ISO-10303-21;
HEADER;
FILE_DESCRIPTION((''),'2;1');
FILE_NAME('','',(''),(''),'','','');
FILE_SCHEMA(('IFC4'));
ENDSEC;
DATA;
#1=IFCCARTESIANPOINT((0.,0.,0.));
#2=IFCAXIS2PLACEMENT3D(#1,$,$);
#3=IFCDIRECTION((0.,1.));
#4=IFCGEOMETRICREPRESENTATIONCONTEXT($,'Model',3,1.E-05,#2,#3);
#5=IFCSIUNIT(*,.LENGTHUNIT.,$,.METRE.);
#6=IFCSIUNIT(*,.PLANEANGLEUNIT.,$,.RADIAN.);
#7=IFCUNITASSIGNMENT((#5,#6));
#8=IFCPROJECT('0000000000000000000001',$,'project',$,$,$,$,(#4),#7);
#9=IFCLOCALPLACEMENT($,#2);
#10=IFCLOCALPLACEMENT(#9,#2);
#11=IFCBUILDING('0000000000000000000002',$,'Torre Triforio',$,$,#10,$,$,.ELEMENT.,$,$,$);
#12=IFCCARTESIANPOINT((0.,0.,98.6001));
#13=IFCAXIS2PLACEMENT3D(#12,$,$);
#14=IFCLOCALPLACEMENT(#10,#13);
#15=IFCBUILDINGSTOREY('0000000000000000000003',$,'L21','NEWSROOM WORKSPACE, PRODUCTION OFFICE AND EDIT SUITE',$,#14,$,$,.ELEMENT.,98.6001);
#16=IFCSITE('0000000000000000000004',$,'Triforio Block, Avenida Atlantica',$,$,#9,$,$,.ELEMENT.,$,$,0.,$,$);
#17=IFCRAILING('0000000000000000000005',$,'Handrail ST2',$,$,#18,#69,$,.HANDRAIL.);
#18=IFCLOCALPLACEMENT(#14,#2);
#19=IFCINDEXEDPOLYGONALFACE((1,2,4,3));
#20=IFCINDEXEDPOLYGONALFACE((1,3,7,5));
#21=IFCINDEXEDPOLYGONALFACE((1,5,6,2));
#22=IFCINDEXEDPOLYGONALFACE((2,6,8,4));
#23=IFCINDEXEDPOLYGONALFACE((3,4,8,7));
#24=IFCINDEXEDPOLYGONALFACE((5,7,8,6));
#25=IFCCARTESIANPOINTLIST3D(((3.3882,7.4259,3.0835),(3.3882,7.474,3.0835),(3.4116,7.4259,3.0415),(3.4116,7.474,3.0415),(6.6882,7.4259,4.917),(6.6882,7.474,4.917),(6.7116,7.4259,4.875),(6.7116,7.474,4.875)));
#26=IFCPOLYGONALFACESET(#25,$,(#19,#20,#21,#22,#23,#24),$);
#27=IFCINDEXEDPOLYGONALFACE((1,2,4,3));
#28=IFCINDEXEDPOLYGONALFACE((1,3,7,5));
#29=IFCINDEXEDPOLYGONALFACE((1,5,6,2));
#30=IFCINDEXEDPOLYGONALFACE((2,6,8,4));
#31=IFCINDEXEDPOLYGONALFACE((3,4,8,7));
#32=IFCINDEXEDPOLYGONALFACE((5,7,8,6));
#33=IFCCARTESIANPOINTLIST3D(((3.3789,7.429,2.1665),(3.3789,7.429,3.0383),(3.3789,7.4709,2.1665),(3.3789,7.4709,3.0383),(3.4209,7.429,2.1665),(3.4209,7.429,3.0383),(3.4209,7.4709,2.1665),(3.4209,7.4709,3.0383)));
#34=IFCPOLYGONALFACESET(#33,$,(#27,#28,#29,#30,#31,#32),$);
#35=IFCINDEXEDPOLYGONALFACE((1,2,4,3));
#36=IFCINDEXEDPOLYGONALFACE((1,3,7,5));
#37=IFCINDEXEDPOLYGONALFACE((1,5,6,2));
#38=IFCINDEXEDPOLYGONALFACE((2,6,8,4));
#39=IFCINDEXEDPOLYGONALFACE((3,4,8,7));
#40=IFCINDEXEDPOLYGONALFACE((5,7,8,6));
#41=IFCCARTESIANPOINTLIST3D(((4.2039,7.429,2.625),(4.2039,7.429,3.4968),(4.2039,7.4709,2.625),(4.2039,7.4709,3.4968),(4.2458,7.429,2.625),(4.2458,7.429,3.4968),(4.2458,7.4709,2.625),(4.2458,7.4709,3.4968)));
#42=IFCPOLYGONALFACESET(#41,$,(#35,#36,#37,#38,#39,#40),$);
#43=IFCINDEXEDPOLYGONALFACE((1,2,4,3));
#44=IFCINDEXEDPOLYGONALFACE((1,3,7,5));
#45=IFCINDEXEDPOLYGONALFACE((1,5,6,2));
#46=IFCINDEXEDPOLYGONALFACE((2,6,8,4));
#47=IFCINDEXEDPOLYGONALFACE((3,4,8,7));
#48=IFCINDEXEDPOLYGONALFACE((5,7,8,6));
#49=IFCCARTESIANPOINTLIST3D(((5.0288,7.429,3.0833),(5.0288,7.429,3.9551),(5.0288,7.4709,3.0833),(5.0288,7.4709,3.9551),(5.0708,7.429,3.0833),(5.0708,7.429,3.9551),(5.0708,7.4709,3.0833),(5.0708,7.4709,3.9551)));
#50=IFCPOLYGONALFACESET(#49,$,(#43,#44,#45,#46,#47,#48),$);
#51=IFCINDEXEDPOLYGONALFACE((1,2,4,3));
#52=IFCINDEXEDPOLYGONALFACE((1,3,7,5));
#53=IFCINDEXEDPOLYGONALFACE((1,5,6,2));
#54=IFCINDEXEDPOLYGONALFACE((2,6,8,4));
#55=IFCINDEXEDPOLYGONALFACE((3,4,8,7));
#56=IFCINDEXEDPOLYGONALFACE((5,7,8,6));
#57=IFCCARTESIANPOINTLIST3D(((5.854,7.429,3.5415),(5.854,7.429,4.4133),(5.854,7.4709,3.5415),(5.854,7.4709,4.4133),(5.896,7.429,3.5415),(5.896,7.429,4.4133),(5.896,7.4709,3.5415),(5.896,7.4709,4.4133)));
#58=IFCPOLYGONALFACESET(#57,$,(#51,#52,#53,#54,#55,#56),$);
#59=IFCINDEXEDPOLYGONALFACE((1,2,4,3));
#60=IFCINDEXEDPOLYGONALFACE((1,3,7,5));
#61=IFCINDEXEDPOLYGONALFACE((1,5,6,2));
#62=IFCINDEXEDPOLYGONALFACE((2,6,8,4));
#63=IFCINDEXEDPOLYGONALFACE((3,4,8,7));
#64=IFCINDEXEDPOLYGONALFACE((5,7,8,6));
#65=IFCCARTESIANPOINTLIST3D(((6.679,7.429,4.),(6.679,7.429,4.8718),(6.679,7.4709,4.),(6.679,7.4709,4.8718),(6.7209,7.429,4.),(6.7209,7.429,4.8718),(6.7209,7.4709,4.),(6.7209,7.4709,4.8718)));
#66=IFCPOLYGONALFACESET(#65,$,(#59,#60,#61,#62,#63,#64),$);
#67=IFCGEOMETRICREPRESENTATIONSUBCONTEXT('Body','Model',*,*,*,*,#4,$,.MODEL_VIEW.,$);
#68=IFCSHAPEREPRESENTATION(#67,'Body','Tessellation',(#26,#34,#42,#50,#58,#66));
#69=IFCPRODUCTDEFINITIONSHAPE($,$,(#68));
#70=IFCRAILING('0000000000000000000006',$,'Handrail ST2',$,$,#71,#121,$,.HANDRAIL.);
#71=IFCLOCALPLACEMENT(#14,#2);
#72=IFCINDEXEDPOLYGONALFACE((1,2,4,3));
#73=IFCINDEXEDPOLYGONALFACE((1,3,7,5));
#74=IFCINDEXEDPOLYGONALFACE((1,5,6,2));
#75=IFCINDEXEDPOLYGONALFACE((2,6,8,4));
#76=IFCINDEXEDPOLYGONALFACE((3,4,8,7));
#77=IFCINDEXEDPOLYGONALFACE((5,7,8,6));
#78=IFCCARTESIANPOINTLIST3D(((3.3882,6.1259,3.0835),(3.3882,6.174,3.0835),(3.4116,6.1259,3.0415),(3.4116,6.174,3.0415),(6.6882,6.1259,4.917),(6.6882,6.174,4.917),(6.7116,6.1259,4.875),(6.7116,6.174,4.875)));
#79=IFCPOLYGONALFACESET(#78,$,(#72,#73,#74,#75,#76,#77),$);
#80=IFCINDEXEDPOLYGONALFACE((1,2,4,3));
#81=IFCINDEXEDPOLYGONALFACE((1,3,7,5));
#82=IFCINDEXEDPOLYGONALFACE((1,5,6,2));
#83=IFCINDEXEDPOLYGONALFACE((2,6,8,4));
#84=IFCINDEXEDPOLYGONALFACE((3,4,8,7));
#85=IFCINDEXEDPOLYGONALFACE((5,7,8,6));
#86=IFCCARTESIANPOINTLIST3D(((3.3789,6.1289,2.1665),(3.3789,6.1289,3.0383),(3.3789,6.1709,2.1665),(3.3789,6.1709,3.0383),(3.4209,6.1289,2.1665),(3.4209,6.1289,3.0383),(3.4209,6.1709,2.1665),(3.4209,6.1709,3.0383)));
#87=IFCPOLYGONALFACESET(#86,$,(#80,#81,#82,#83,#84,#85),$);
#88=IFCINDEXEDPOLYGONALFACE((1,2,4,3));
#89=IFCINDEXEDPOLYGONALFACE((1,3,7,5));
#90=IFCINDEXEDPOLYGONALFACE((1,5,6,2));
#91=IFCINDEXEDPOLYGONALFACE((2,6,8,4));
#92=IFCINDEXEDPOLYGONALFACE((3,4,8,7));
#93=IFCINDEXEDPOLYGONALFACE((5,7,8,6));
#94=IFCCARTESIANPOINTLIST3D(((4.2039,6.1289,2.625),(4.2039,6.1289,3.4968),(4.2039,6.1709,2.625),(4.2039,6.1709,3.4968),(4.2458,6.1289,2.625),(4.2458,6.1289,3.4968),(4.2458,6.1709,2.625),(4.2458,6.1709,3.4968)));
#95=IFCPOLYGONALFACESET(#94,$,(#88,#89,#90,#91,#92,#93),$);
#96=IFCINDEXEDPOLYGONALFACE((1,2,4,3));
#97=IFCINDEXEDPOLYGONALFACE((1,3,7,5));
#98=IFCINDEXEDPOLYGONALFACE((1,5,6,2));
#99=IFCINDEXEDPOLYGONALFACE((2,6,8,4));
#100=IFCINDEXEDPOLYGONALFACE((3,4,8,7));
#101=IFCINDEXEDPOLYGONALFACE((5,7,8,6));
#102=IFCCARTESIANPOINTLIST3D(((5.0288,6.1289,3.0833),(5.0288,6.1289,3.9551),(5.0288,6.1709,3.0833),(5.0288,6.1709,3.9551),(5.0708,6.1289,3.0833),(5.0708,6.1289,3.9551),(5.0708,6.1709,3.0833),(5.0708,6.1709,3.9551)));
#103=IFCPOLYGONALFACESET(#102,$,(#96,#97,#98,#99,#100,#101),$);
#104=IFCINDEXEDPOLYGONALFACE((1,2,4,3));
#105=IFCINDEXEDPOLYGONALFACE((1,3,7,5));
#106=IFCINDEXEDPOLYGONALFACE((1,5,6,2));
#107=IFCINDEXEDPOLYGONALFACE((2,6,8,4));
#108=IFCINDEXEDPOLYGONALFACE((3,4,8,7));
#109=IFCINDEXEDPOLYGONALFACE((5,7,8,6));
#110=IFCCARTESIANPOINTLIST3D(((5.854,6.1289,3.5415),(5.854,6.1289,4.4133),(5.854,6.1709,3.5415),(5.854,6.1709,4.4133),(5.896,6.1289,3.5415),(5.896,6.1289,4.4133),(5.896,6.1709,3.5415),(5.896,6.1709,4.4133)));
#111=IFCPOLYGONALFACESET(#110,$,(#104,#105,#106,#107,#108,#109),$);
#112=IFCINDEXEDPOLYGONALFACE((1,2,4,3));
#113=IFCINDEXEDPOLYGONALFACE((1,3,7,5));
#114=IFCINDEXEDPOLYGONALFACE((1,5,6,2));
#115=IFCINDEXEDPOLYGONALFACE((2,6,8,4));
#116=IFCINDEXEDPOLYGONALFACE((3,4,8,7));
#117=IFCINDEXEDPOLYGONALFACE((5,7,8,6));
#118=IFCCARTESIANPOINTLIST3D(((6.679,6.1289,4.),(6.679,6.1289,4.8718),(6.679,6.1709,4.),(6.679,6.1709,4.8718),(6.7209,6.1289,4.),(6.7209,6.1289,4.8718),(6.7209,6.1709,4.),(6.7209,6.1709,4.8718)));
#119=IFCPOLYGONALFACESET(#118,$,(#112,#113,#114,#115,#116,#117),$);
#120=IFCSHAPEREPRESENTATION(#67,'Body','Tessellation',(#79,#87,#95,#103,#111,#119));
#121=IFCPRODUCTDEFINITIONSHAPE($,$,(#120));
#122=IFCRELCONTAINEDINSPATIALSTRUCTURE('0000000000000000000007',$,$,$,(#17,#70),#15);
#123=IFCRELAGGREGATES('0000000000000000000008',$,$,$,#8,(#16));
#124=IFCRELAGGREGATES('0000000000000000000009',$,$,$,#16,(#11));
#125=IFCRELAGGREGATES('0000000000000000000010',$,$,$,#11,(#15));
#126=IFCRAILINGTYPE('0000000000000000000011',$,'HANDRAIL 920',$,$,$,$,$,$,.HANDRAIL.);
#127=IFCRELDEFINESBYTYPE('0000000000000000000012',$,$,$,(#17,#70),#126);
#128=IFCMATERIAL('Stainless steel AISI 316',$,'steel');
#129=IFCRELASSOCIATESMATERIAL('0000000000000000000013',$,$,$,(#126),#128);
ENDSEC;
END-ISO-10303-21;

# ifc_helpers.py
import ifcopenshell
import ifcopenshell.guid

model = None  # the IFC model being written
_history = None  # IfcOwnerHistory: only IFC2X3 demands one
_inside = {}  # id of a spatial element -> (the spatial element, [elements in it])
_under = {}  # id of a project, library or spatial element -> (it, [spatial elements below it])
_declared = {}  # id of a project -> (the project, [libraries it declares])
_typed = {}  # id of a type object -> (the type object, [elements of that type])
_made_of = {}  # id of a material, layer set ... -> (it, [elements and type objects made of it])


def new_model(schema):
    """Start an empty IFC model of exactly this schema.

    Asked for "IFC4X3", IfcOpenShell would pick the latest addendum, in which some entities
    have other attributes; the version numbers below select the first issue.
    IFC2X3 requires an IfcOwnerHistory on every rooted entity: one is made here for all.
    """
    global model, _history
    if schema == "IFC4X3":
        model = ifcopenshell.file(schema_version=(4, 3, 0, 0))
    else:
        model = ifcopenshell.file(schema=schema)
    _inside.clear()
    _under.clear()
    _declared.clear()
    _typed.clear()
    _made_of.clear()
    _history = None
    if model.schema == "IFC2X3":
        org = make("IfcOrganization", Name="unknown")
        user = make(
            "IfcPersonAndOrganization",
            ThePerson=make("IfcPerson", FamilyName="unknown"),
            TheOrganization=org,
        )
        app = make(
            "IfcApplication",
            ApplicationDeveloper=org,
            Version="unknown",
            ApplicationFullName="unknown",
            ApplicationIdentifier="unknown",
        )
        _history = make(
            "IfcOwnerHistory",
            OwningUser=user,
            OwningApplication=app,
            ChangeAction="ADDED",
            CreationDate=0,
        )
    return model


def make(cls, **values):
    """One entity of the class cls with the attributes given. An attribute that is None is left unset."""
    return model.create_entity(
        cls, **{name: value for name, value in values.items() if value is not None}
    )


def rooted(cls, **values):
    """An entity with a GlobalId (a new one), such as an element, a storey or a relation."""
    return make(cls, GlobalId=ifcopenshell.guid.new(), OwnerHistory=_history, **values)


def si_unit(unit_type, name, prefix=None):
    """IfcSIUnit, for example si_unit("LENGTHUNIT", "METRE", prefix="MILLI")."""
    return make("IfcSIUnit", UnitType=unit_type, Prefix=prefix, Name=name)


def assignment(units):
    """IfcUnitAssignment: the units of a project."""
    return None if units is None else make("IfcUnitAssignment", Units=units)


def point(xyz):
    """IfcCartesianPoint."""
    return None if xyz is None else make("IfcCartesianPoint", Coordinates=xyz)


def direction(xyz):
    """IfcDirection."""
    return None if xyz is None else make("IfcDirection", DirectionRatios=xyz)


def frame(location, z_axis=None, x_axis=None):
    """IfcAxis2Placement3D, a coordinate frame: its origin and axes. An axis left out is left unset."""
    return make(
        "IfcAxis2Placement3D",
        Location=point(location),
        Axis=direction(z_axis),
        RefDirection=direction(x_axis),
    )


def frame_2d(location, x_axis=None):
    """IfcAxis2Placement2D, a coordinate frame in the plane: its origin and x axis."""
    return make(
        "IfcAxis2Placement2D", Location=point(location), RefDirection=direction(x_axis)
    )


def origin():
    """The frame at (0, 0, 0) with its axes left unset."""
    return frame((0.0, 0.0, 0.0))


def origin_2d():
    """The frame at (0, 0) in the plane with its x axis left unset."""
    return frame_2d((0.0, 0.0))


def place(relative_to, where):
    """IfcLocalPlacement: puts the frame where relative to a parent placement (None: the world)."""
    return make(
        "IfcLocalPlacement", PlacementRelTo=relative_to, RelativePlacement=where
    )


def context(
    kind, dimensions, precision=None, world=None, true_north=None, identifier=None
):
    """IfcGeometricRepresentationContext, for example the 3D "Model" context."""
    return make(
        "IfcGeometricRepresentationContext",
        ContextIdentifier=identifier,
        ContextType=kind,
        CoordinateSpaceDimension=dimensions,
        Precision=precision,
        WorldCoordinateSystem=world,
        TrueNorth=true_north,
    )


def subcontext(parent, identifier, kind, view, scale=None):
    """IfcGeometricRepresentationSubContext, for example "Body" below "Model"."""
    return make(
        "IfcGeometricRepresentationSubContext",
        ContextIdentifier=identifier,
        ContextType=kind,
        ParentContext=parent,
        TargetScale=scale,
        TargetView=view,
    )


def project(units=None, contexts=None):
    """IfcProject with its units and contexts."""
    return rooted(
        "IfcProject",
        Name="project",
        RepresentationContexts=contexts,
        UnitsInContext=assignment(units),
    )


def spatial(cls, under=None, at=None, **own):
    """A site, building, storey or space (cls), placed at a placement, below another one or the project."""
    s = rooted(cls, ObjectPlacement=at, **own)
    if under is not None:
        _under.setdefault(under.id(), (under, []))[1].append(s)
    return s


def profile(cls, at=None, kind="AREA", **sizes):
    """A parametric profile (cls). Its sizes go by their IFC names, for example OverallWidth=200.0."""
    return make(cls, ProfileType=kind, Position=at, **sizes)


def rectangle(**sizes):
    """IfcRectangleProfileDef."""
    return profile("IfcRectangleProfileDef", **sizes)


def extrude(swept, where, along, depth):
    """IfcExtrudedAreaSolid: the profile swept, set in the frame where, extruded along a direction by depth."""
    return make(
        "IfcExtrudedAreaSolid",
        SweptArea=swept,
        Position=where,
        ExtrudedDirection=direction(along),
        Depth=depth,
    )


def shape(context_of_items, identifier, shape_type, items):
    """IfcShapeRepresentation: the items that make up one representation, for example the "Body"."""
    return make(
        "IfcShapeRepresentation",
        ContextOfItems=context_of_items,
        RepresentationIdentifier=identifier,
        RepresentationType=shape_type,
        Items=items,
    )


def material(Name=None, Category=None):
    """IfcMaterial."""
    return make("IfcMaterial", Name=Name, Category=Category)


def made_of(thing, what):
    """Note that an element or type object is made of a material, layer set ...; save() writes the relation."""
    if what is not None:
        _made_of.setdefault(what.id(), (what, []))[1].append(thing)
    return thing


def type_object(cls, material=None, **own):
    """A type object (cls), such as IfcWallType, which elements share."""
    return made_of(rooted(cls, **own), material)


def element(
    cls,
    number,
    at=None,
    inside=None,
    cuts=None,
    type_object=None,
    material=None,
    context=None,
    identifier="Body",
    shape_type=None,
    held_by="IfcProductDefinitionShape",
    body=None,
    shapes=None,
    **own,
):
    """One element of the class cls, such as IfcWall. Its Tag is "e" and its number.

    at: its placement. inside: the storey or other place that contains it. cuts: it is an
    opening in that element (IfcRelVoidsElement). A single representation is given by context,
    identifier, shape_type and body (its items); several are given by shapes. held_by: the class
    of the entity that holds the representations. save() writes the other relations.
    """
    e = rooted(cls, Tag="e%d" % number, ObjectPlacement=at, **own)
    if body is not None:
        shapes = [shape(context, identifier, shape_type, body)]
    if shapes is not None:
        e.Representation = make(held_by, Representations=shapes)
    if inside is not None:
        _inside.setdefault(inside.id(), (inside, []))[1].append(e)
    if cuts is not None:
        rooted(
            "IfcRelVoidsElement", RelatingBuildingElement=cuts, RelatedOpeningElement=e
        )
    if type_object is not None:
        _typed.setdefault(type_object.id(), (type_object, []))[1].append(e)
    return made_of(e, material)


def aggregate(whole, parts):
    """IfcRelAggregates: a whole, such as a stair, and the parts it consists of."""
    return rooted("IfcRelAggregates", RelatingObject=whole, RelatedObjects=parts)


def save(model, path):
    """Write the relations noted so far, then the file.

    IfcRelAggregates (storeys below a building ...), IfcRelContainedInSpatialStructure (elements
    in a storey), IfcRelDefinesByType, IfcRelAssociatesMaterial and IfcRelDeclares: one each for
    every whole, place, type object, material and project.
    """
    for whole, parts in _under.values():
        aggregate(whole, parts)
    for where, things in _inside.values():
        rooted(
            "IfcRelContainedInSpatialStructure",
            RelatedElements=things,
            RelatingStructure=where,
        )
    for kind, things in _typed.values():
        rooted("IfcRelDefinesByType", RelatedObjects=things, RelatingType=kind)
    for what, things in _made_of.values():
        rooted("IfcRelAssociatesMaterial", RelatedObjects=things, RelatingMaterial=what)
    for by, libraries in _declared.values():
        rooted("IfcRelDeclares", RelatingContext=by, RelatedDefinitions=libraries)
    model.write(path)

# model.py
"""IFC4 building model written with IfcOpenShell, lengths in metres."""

from ifc_helpers import new_model, si_unit, direction, frame, origin, origin_2d, place, context, subcontext, project, spatial, rectangle, extrude, material, type_object, element, save


model = new_model("IFC4")

# Units and contexts
model_context = context("Model", 3, precision=1e-05, world=origin(), true_north=direction((0.0, 1.0)))
body_context = subcontext(model_context, "Body", "Model", "MODEL_VIEW")
ifc_project = project(units=[si_unit("LENGTHUNIT", "METRE"), si_unit("PLANEANGLEUNIT", "RADIAN")], contexts=[model_context])

# Site, building, storey
site_placement = place(None, origin())
site = spatial("IfcSite", under=ifc_project, at=site_placement, Name="Triforio Block, Avenida Atlantica", CompositionType="ELEMENT", RefElevation=0.0)
building_placement = place(site_placement, origin())
building = spatial("IfcBuilding", under=site, at=building_placement, Name="Torre Triforio", CompositionType="ELEMENT")
storey_placement = place(building_placement, frame((0.0, 0.0, 98.6001)))
storey = spatial("IfcBuildingStorey", under=building, at=storey_placement, Name="L21", Description="NEWSROOM WORKSPACE, PRODUCTION OFFICE AND EDIT SUITE", CompositionType="ELEMENT", Elevation=98.6001)

# Railings
ifc_material_1 = material(Name="Stainless steel AISI 316", Category="steel")
railing_type = type_object("IfcRailingType", Name="HANDRAIL 920", PredefinedType="HANDRAIL", material=ifc_material_1)
for number, where, name in (
    (1, (3.3999, 7.45, 2.1665), "Handrail ST2"),
    (2, (3.3999, 6.1499, 2.1665), "Handrail ST2"),
):
    element("IfcRailing", number, at=place(storey_placement, frame(where)), inside=storey, type_object=railing_type, Name=name, PredefinedType="HANDRAIL", context=body_context, shape_type="SweptSolid", body=[
        extrude(rectangle(XDim=0.0481, YDim=0.0481, at=origin_2d()), frame((0.0, 0.0, 0.896), z_axis=(0.874142, 0.0, 0.48567), x_axis=(0.0, 1.0, 0.0)), (0.0, 0.0, 1.0), 3.7751),
        extrude(rectangle(XDim=0.042, YDim=0.042, at=origin_2d()), origin(), (0.0, 0.0, 1.0), 0.8718),
        extrude(rectangle(XDim=0.042, YDim=0.042, at=origin_2d()), frame((0.825, 0.0, 0.4585)), (0.0, 0.0, 1.0), 0.8718),
        extrude(rectangle(XDim=0.042, YDim=0.042, at=origin_2d()), frame((1.6499, 0.0, 0.9167)), (0.0, 0.0, 1.0), 0.8718),
        extrude(rectangle(XDim=0.042, YDim=0.042, at=origin_2d()), frame((2.4751, 0.0, 1.375)), (0.0, 0.0, 1.0), 0.8718),
        extrude(rectangle(XDim=0.042, YDim=0.042, at=origin_2d()), frame((3.3, 0.0, 1.8335)), (0.0, 0.0, 1.0), 0.8718),
    ])

save(model, "model.ifc")
